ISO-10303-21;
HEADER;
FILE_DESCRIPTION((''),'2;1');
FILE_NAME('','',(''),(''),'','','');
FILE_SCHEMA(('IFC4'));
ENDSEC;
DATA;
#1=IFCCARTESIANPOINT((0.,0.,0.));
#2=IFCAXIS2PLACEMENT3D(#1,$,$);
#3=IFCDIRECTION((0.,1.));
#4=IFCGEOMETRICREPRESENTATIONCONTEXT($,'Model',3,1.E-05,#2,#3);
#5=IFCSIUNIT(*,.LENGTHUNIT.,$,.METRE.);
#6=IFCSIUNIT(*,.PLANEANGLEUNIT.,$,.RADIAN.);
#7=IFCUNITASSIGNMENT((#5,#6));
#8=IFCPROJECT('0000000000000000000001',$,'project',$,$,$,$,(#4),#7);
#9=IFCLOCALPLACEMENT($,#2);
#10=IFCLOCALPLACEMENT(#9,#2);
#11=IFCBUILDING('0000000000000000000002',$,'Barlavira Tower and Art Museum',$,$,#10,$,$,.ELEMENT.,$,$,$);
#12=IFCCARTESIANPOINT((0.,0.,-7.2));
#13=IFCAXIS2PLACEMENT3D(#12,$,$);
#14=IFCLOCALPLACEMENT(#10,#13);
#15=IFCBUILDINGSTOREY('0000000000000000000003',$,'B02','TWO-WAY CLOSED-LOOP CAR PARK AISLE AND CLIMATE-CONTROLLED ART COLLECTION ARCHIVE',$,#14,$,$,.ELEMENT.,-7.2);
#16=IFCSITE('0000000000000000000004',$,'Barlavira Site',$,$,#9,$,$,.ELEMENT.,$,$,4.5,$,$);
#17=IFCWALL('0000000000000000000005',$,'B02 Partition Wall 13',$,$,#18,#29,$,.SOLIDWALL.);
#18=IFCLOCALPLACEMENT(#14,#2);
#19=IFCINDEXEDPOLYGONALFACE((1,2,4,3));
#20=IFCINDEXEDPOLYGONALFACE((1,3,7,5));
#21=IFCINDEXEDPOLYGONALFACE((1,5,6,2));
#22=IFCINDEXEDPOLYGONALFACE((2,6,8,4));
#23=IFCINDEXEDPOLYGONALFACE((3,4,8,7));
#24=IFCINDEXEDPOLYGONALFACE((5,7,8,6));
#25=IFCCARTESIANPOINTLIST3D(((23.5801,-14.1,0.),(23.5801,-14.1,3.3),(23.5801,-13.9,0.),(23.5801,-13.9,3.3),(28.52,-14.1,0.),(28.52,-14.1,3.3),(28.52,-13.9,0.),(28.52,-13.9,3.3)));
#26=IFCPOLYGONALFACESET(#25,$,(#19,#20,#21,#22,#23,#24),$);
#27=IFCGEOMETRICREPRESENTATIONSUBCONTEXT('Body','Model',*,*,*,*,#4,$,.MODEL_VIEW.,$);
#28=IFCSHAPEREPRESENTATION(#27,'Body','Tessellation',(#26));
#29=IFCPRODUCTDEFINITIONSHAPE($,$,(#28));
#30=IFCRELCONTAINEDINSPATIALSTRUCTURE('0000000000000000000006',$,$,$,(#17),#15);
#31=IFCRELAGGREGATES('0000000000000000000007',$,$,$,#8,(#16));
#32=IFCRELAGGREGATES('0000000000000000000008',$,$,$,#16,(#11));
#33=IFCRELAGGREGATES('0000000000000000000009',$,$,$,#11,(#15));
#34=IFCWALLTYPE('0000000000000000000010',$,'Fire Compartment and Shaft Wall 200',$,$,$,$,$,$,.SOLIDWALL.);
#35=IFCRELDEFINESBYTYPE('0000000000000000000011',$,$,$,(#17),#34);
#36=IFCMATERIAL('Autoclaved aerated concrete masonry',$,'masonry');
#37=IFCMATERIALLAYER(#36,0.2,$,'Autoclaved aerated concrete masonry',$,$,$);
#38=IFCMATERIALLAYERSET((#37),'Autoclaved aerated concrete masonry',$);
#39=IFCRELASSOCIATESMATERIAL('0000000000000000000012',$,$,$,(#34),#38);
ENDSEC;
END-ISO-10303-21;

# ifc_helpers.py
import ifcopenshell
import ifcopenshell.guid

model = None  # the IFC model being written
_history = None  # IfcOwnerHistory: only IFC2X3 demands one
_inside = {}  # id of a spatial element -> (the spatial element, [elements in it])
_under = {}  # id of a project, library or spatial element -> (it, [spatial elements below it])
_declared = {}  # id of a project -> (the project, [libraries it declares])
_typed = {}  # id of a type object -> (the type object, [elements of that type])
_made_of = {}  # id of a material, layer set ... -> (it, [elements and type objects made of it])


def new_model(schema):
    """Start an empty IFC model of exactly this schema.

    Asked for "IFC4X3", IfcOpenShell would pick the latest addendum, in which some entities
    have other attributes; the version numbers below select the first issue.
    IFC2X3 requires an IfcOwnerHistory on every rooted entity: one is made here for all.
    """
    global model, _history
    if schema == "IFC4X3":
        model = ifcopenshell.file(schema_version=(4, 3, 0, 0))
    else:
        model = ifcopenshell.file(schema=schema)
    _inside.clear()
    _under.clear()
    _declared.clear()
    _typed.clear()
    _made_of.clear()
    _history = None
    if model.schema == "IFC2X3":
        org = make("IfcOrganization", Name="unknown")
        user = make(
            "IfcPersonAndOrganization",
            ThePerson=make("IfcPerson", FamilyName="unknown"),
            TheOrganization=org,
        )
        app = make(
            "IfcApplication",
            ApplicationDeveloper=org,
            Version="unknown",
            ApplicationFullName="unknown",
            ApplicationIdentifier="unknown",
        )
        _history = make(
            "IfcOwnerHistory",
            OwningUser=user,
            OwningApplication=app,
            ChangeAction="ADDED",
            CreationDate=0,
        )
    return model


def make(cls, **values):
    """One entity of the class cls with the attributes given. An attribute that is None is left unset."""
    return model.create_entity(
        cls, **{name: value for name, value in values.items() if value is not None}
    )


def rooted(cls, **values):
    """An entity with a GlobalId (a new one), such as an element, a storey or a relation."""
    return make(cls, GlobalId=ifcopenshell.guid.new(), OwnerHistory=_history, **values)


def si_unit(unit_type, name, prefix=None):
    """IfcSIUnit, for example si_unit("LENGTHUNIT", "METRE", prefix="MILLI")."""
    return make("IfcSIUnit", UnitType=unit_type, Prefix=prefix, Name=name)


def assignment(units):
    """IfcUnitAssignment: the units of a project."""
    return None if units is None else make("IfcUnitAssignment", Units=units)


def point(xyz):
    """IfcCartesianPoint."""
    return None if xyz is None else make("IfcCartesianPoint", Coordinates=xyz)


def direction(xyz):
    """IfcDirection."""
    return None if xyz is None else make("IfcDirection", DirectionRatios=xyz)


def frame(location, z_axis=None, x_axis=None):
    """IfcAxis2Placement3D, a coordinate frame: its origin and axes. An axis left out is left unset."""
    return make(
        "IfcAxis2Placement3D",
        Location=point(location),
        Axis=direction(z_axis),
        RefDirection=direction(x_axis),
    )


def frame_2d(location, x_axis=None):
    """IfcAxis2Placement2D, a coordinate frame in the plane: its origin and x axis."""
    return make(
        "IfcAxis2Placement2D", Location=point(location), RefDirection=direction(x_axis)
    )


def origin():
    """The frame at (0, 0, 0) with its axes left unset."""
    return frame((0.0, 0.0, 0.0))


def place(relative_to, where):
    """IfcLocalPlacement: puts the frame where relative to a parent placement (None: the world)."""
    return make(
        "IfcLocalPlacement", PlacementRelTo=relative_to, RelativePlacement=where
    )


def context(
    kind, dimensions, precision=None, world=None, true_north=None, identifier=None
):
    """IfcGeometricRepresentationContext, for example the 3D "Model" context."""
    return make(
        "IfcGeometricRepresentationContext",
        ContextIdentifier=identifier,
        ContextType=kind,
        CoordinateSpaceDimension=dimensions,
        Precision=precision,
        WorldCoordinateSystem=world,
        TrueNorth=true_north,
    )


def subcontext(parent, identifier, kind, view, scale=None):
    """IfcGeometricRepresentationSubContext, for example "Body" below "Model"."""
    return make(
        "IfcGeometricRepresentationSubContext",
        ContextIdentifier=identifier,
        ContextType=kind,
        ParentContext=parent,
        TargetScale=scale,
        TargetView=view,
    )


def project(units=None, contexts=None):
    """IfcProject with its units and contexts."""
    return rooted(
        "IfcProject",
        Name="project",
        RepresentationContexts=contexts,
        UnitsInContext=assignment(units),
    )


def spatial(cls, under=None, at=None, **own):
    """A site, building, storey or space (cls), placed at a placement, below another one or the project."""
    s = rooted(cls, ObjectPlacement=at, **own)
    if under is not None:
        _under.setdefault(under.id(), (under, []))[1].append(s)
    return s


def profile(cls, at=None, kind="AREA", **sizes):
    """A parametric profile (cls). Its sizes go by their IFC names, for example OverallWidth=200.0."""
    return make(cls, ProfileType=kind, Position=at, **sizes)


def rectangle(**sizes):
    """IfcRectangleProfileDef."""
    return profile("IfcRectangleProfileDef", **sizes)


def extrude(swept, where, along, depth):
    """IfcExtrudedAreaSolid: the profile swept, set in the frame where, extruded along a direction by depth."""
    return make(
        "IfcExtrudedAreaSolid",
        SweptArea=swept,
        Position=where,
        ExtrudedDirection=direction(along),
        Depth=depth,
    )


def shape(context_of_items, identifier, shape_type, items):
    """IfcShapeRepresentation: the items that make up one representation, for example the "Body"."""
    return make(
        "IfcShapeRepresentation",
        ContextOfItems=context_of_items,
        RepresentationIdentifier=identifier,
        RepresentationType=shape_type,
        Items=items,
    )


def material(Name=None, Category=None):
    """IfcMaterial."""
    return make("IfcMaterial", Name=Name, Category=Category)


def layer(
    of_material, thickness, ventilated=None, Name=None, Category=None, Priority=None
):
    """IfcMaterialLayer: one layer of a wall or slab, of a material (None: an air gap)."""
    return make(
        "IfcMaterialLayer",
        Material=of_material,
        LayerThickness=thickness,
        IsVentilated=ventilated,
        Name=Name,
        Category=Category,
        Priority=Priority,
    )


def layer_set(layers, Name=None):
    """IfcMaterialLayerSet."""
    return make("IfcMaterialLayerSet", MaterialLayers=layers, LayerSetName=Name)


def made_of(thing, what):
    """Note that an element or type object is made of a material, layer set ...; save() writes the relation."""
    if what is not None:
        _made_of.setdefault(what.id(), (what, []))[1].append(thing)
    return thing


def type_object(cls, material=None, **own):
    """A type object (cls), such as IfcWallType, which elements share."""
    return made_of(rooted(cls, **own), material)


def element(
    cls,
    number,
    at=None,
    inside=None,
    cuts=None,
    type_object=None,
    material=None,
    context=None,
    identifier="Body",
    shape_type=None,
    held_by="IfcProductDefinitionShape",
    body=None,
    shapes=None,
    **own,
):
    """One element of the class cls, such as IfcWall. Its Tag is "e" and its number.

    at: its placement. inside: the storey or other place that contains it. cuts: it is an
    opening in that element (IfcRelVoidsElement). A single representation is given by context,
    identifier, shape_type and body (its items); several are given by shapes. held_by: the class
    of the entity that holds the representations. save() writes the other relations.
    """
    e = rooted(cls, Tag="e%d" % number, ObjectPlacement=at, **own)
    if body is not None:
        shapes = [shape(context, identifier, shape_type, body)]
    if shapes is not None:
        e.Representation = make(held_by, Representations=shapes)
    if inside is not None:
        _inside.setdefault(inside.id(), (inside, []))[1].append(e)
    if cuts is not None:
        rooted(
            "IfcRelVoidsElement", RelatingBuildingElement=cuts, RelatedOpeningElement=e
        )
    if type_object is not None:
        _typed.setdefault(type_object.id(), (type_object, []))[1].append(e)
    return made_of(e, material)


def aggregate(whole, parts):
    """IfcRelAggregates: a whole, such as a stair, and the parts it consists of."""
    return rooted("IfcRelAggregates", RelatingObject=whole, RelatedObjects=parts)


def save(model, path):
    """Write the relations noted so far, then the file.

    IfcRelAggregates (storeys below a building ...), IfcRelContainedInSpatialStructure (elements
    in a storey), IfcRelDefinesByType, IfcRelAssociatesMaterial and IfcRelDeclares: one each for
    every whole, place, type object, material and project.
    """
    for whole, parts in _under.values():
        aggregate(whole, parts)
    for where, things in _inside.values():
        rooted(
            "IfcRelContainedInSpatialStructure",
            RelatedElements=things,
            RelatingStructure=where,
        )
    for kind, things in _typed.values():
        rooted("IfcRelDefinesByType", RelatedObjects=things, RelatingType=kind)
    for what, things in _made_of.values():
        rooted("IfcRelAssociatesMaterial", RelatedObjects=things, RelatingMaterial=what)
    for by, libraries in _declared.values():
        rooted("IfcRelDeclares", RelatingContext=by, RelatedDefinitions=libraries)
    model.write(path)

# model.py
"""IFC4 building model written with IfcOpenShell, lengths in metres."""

from ifc_helpers import new_model, si_unit, direction, frame, frame_2d, origin, place, context, subcontext, project, spatial, rectangle, extrude, material, layer, layer_set, type_object, element, save


model = new_model("IFC4")

# Units and contexts
model_context = context("Model", 3, precision=1e-05, world=origin(), true_north=direction((0.0, 1.0)))
body_context = subcontext(model_context, "Body", "Model", "MODEL_VIEW")
ifc_project = project(units=[si_unit("LENGTHUNIT", "METRE"), si_unit("PLANEANGLEUNIT", "RADIAN")], contexts=[model_context])

# Site, building, storey
site_placement = place(None, origin())
site = spatial("IfcSite", under=ifc_project, at=site_placement, Name="Barlavira Site", CompositionType="ELEMENT", RefElevation=4.5)
building_placement = place(site_placement, origin())
building = spatial("IfcBuilding", under=site, at=building_placement, Name="Barlavira Tower and Art Museum", CompositionType="ELEMENT")
storey_placement = place(building_placement, frame((0.0, 0.0, -7.2)))
storey = spatial("IfcBuildingStorey", under=building, at=storey_placement, Name="B02", Description="TWO-WAY CLOSED-LOOP CAR PARK AISLE AND CLIMATE-CONTROLLED ART COLLECTION ARCHIVE", CompositionType="ELEMENT", Elevation=-7.2)

# Shared definitions
ifc_material_1 = material(Name="Autoclaved aerated concrete masonry", Category="masonry")
ifc_layer = layer(ifc_material_1, 0.2, Name="Autoclaved aerated concrete masonry")
ifc_layer_set = layer_set([ifc_layer], Name="Autoclaved aerated concrete masonry")
wall_type = type_object("IfcWallType", Name="Fire Compartment and Shaft Wall 200", PredefinedType="SOLIDWALL", material=ifc_layer_set)

# Wall
for number, where, z_axis, x_axis, name in (
    (1, (23.5801, -14.0, 0.0), (0.0, 0.0, 1.0), (1.0, 0.0, 0.0), "B02 Partition Wall 13"),
):
    element("IfcWall", number, at=place(storey_placement, frame(where, z_axis=z_axis, x_axis=x_axis)), inside=storey, type_object=wall_type, Name=name, PredefinedType="SOLIDWALL", context=body_context, shape_type="SweptSolid", body=[
        extrude(rectangle(XDim=4.9399, YDim=0.2, at=frame_2d((2.47, 0.0))), origin(), (0.0, 0.0, 1.0), 3.3),
    ])

save(model, "model.ifc")
